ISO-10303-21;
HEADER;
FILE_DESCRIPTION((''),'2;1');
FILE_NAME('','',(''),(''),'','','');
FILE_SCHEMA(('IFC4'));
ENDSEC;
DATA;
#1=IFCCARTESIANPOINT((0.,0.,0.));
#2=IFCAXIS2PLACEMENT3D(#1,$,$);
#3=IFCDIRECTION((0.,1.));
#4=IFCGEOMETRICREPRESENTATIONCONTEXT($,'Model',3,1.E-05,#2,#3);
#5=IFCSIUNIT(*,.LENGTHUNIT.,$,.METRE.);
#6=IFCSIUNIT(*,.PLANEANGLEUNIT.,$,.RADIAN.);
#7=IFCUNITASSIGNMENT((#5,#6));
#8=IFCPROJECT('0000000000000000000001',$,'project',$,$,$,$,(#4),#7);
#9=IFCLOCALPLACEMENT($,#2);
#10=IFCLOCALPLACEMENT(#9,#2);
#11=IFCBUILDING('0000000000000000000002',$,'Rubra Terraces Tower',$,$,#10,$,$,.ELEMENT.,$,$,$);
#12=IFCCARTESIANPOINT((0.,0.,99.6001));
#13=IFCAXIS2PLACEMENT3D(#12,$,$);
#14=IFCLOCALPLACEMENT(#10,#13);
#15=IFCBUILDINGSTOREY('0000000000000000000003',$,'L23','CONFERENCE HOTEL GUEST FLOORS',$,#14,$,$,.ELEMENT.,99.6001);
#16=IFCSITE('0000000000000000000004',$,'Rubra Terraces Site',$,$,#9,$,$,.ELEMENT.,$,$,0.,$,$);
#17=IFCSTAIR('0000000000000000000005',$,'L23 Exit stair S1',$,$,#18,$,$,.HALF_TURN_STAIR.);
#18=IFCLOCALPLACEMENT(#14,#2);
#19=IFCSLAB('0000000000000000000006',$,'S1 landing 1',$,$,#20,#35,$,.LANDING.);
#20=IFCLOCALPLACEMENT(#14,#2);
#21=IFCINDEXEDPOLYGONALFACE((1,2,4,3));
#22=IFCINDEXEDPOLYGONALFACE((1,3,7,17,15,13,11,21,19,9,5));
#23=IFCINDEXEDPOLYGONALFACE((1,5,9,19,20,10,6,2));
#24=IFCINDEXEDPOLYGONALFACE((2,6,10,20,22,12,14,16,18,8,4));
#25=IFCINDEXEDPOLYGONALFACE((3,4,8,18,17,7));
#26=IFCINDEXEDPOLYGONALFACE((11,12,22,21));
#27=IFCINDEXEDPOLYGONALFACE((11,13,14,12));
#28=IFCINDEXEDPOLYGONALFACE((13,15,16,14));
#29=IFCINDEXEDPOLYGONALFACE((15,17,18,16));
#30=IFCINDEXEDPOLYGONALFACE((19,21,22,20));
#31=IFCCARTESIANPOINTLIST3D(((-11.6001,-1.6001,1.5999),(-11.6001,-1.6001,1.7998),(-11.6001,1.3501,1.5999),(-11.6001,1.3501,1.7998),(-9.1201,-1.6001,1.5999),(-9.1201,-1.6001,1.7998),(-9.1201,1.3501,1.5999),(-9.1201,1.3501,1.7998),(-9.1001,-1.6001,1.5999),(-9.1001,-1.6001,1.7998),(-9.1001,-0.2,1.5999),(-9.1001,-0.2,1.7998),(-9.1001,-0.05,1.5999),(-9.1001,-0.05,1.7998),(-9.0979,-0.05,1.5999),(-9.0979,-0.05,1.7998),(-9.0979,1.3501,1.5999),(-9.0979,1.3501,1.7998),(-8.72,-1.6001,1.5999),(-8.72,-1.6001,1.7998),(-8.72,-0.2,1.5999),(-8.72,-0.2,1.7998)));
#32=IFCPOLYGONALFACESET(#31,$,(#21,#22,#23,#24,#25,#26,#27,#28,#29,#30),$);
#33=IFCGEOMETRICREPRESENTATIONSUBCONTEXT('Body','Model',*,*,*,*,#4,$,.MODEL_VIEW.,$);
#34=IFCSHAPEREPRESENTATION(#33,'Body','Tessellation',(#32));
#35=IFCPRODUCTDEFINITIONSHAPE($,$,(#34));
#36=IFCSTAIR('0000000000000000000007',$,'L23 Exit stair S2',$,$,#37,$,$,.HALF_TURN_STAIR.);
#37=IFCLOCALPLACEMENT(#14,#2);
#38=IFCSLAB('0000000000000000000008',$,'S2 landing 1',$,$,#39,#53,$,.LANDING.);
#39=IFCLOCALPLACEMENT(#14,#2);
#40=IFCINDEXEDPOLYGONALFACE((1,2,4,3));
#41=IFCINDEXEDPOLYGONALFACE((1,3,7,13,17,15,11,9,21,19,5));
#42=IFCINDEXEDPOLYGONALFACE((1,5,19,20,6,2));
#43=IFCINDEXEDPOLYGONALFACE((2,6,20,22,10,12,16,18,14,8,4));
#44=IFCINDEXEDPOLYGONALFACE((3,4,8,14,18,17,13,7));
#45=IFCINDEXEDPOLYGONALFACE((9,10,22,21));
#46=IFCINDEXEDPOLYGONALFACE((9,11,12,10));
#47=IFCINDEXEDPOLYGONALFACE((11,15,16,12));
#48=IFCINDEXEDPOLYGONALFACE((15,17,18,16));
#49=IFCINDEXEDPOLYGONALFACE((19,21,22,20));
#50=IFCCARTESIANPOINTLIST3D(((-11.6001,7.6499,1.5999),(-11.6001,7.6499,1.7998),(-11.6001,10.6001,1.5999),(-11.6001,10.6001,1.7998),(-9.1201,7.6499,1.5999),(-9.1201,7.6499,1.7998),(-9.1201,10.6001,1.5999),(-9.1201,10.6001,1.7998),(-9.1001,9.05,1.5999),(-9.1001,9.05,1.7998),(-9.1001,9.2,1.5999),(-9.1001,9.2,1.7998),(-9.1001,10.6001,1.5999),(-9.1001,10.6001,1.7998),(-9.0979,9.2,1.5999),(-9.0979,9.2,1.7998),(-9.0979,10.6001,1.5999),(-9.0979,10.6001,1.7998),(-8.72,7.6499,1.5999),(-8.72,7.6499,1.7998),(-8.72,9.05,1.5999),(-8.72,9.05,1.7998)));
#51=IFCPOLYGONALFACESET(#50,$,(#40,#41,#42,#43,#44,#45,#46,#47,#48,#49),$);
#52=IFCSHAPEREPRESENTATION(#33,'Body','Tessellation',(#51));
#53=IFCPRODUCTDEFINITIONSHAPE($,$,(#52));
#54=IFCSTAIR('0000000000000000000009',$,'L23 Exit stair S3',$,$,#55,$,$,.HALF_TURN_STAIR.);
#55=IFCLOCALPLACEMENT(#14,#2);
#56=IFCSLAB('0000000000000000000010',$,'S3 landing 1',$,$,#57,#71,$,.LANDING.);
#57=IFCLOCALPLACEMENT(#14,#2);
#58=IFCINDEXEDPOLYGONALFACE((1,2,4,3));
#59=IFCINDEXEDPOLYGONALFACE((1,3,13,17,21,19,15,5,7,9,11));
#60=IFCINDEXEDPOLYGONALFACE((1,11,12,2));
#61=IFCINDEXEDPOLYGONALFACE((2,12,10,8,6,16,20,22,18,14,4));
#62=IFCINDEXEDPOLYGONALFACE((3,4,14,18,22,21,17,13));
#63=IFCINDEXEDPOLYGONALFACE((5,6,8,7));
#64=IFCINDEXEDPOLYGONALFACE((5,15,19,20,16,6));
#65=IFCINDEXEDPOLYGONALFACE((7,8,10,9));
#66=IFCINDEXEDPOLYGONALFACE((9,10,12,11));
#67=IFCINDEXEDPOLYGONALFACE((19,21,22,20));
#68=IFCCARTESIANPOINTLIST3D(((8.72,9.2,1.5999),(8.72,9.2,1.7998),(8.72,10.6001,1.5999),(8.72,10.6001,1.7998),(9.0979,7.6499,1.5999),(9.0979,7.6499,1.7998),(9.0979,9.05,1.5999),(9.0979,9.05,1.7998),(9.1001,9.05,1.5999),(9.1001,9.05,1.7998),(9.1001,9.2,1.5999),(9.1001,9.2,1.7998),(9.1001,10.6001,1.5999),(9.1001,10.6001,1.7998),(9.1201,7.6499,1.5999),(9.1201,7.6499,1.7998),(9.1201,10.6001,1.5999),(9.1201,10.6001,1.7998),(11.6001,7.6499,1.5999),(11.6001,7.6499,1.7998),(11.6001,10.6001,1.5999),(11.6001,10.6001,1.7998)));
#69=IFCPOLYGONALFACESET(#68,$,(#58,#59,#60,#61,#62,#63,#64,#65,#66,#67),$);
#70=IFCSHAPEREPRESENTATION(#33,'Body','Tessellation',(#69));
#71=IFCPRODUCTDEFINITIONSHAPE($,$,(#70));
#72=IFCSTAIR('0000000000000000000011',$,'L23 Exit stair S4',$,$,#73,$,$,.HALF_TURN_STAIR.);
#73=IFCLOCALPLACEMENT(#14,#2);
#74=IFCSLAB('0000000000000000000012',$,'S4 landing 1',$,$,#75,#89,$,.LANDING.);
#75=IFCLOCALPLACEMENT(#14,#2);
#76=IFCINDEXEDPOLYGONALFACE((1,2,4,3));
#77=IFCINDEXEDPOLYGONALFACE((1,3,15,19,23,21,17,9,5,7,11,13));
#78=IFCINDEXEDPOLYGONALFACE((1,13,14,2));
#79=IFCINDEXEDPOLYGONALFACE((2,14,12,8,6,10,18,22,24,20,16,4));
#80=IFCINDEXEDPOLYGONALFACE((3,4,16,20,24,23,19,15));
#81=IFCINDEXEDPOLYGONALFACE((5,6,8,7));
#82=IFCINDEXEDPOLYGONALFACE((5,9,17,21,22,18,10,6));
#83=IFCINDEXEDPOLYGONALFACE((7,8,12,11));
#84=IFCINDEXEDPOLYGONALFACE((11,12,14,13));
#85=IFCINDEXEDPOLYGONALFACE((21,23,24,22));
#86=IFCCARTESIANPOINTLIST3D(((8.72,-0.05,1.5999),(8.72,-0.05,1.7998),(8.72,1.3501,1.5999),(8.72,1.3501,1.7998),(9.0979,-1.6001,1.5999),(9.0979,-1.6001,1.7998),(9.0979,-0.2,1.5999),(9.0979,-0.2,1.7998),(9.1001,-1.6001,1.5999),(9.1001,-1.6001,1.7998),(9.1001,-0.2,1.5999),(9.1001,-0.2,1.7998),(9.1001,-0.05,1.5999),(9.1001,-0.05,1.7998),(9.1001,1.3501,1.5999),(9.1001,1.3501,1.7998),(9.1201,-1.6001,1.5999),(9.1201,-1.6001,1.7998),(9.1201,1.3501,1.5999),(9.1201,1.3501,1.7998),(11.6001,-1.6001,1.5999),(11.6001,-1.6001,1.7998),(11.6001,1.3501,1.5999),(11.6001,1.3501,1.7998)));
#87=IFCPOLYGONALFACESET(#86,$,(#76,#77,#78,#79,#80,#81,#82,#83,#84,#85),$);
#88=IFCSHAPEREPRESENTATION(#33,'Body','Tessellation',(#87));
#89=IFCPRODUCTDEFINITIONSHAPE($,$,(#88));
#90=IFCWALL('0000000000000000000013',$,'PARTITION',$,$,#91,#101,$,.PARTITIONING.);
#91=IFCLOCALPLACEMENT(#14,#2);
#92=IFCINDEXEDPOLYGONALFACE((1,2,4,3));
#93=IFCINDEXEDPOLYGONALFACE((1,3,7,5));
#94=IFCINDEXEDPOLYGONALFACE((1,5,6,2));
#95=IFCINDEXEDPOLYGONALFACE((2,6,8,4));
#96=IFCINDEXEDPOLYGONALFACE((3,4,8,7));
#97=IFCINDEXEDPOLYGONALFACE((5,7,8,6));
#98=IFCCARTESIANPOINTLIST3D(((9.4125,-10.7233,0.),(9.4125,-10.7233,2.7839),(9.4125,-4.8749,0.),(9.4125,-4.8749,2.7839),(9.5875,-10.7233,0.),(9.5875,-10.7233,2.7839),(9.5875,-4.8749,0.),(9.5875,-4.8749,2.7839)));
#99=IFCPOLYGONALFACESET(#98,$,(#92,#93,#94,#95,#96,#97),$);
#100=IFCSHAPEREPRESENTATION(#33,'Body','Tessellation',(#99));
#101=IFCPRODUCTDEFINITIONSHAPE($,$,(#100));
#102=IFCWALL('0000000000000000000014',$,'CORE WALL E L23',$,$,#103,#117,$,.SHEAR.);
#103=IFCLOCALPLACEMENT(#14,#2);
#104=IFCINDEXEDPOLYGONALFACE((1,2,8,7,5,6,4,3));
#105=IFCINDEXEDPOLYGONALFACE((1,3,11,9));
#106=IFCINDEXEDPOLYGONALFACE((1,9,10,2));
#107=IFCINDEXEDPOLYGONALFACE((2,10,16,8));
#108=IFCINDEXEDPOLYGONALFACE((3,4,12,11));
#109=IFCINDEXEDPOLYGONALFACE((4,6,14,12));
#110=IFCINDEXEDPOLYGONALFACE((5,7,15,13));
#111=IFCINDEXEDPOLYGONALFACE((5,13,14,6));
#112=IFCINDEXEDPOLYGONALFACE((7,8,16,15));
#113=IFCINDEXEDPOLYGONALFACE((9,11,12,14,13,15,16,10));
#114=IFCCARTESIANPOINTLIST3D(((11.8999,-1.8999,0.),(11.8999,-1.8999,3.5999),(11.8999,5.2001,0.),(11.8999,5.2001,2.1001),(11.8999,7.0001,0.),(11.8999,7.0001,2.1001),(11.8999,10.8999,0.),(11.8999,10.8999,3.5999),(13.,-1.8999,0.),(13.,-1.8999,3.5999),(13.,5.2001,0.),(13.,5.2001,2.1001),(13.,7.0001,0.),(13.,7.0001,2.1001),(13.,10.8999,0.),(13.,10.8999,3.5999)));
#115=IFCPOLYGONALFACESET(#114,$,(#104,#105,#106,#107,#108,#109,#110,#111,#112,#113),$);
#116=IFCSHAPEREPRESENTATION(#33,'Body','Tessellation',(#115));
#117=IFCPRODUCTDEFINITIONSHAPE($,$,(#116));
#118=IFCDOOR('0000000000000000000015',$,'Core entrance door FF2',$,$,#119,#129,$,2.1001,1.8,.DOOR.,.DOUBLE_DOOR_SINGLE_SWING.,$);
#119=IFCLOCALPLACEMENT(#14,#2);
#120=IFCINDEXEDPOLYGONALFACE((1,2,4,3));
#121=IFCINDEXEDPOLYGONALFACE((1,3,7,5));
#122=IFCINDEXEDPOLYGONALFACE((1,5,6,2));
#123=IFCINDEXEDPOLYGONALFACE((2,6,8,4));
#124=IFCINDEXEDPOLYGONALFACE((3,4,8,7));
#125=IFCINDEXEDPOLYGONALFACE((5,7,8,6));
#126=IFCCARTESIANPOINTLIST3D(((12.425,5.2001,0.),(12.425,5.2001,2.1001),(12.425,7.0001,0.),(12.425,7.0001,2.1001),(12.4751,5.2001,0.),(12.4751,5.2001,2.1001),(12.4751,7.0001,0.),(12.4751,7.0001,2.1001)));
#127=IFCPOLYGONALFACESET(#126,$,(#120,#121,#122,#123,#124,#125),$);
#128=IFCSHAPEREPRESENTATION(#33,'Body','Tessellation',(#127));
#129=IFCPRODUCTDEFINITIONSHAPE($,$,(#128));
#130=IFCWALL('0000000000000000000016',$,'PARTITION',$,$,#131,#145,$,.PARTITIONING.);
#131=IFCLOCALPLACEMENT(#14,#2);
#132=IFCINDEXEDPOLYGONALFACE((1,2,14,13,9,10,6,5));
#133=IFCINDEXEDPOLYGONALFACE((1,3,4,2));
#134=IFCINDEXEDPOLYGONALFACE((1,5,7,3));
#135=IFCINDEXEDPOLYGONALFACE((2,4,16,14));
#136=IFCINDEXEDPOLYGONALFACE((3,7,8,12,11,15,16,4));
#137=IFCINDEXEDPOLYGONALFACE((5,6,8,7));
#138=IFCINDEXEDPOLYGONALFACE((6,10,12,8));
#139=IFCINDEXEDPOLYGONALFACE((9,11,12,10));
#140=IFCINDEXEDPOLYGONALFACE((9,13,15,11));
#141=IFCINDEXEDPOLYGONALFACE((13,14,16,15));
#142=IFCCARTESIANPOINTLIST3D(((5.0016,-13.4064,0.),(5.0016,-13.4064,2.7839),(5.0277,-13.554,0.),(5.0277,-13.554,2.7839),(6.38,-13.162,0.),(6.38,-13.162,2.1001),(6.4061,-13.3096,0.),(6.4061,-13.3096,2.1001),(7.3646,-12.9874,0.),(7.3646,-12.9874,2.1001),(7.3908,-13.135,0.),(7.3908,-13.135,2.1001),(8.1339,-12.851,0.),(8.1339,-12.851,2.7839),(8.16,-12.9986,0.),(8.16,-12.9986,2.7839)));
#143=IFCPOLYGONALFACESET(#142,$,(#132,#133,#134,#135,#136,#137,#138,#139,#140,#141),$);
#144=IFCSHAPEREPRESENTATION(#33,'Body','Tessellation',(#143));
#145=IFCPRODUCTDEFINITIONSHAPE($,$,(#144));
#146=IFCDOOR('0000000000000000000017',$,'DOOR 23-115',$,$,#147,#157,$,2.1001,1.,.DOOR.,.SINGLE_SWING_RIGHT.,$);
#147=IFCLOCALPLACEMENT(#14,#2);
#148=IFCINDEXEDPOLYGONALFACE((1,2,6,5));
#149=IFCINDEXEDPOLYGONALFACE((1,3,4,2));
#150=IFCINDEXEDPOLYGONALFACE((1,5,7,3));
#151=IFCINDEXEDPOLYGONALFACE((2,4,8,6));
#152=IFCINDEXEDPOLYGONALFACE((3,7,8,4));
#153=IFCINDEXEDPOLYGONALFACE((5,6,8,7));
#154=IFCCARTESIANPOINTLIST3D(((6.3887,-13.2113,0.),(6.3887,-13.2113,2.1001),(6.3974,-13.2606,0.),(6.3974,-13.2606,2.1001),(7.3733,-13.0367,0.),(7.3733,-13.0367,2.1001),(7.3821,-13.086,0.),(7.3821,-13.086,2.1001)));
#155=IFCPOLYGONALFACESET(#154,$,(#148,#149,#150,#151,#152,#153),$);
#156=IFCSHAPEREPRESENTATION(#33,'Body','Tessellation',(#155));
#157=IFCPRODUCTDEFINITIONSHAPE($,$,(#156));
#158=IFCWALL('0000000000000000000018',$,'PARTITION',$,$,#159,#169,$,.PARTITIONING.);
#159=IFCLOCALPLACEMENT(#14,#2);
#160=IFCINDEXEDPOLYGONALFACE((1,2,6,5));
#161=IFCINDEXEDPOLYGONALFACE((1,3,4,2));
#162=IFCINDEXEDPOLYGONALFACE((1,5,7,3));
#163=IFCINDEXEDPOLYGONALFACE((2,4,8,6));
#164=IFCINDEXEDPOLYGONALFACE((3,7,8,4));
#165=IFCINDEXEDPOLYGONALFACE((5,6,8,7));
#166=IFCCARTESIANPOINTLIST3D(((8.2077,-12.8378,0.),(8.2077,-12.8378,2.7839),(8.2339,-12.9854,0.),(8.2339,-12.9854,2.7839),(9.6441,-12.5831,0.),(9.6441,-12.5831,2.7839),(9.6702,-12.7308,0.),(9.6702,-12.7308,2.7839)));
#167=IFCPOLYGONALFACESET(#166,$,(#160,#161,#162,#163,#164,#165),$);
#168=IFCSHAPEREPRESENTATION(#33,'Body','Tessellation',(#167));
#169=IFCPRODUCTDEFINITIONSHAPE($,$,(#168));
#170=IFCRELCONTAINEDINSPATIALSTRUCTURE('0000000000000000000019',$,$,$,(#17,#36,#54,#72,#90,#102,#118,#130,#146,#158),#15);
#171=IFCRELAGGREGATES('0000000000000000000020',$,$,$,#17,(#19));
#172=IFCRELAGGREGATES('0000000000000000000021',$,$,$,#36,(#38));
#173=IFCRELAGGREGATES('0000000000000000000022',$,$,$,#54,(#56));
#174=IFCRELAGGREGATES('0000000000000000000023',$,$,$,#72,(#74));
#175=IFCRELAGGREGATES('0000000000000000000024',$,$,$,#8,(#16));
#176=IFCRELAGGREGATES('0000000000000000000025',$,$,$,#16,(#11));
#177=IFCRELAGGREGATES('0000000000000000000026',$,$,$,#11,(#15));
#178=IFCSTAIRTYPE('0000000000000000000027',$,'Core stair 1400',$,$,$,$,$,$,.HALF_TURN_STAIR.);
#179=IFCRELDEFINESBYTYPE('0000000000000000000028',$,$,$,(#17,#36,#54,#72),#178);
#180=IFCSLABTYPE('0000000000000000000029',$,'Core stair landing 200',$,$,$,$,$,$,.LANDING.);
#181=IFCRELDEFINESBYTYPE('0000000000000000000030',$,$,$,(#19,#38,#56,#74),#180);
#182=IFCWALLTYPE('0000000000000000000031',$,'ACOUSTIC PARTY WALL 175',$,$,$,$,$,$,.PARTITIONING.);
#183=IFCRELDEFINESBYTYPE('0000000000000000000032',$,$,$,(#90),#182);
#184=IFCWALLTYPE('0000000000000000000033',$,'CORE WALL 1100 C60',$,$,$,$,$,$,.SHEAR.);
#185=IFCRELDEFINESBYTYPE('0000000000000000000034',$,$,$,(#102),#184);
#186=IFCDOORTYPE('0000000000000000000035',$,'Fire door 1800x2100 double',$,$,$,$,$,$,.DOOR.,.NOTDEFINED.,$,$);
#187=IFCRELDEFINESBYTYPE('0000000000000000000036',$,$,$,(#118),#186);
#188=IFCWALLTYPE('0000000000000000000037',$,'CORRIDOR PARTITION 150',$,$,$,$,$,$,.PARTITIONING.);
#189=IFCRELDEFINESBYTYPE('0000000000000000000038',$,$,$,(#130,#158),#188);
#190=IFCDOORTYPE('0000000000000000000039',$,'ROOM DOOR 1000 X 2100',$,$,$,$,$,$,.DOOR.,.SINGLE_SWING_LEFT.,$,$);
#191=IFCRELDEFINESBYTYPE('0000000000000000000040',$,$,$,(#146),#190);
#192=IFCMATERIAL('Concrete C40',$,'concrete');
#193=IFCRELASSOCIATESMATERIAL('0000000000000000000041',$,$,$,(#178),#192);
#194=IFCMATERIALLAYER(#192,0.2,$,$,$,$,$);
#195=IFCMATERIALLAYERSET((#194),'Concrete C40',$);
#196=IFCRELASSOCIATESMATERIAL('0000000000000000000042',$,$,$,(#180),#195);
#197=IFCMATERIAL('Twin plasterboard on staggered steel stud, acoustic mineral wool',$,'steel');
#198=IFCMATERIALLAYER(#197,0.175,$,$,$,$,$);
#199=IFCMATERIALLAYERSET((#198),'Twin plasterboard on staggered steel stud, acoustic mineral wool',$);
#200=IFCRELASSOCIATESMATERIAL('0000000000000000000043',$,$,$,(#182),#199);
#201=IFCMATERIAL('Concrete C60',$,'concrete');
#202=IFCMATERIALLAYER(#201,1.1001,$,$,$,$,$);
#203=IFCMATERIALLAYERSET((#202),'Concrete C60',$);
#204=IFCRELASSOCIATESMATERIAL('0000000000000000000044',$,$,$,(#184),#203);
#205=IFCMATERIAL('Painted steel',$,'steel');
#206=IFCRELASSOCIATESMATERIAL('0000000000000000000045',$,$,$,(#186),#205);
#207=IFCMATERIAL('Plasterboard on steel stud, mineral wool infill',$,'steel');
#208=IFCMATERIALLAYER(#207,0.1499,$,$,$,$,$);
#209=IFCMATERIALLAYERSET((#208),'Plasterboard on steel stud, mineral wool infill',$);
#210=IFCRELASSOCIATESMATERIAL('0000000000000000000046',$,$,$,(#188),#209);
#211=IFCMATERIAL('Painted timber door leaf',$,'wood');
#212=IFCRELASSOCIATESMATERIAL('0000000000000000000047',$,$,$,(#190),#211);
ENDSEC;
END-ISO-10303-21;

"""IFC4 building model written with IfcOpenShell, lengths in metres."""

from ifc_helpers import new_model, si_unit, direction, frame, frame_2d, origin, place, context, subcontext, project, spatial, polyline, rectangle, outline, extrude, material, layer, layer_set, type_object, element, fill, aggregate, save


model = new_model("IFC4")

# Units and contexts
model_context = context("Model", 3, precision=1e-05, world=origin(), true_north=direction((0.0, 1.0)))
body_context = subcontext(model_context, "Body", "Model", "MODEL_VIEW")
ifc_project = project(units=[si_unit("LENGTHUNIT", "METRE"), si_unit("PLANEANGLEUNIT", "RADIAN")], contexts=[model_context])

# Site, building, storey
site_placement = place(None, origin())
site = spatial("IfcSite", under=ifc_project, at=site_placement, Name="Rubra Terraces Site", CompositionType="ELEMENT", RefElevation=0.0)
building_placement = place(site_placement, origin())
building = spatial("IfcBuilding", under=site, at=building_placement, Name="Rubra Terraces Tower", CompositionType="ELEMENT")
storey_placement = place(building_placement, frame((0.0, 0.0, 99.6001)))
storey = spatial("IfcBuildingStorey", under=building, at=storey_placement, Name="L23", Description="CONFERENCE HOTEL GUEST FLOORS", CompositionType="ELEMENT", Elevation=99.6001)

# Stairs, slabs
ifc_material_1 = material(Name="Concrete C40", Category="concrete")
stair_type = type_object("IfcStairType", Name="Core stair 1400", PredefinedType="HALF_TURN_STAIR", material=ifc_material_1)
stair_1_placement = place(storey_placement, origin())
stair_1 = element("IfcStair", 1, at=stair_1_placement, inside=storey, type_object=stair_type, Name="L23 Exit stair S1", PredefinedType="HALF_TURN_STAIR")
ifc_layer_1 = layer(ifc_material_1, 0.2)
ifc_layer_set_1 = layer_set([ifc_layer_1], Name="Concrete C40")
slab_type = type_object("IfcSlabType", Name="Core stair landing 200", PredefinedType="LANDING", material=ifc_layer_set_1)
slab_1_placement = place(storey_placement, frame((0.0, 0.0, 1.5999)))
slab_1 = element("IfcSlab", 2, at=slab_1_placement, type_object=slab_type, Name="S1 landing 1", PredefinedType="LANDING", context=body_context, shape_type="SweptSolid", body=[
    extrude(outline(polyline([(-8.72, -0.2), (-8.72, -1.6001), (-9.1001, -1.6001), (-9.1201, -1.6001), (-11.6001, -1.6001), (-11.6001, 1.3501), (-9.1201, 1.3501), (-9.0979, 1.3501), (-9.0979, -0.05), (-9.1001, -0.05), (-9.1001, -0.2), (-8.72, -0.2)])), origin(), (0.0, 0.0, 1.0), 0.2),
])
aggregate(stair_1, [slab_1])
stair_2_placement = place(storey_placement, origin())
stair_2 = element("IfcStair", 3, at=stair_2_placement, inside=storey, type_object=stair_type, Name="L23 Exit stair S2", PredefinedType="HALF_TURN_STAIR")
slab_2_placement = place(storey_placement, frame((0.0, 0.0, 1.5999)))
slab_2 = element("IfcSlab", 4, at=slab_2_placement, type_object=slab_type, Name="S2 landing 1", PredefinedType="LANDING", context=body_context, shape_type="SweptSolid", body=[
    extrude(outline(polyline([(-8.72, 9.05), (-8.72, 7.6499), (-9.1201, 7.6499), (-11.6001, 7.6499), (-11.6001, 10.6001), (-9.1201, 10.6001), (-9.1001, 10.6001), (-9.0979, 10.6001), (-9.0979, 9.2), (-9.1001, 9.2), (-9.1001, 9.05), (-8.72, 9.05)])), origin(), (0.0, 0.0, 1.0), 0.2),
])
aggregate(stair_2, [slab_2])
stair_3_placement = place(storey_placement, origin())
stair_3 = element("IfcStair", 5, at=stair_3_placement, inside=storey, type_object=stair_type, Name="L23 Exit stair S3", PredefinedType="HALF_TURN_STAIR")
slab_3_placement = place(storey_placement, frame((0.0, 0.0, 1.5999)))
slab_3 = element("IfcSlab", 6, at=slab_3_placement, type_object=slab_type, Name="S3 landing 1", PredefinedType="LANDING", context=body_context, shape_type="SweptSolid", body=[
    extrude(outline(polyline([(9.1001, 9.05), (9.1001, 9.2), (8.72, 9.2), (8.72, 10.6001), (9.1001, 10.6001), (9.1201, 10.6001), (11.6001, 10.6001), (11.6001, 7.6499), (9.1201, 7.6499), (9.0979, 7.6499), (9.0979, 9.05), (9.1001, 9.05)])), origin(), (0.0, 0.0, 1.0), 0.2),
])
aggregate(stair_3, [slab_3])
stair_4_placement = place(storey_placement, origin())
stair_4 = element("IfcStair", 7, at=stair_4_placement, inside=storey, type_object=stair_type, Name="L23 Exit stair S4", PredefinedType="HALF_TURN_STAIR")
slab_4_placement = place(storey_placement, frame((0.0, 0.0, 1.5999)))
slab_4 = element("IfcSlab", 8, at=slab_4_placement, type_object=slab_type, Name="S4 landing 1", PredefinedType="LANDING", context=body_context, shape_type="SweptSolid", body=[
    extrude(outline(polyline([(9.1001, -0.2), (9.1001, -0.05), (8.72, -0.05), (8.72, 1.3501), (9.1001, 1.3501), (9.1201, 1.3501), (11.6001, 1.3501), (11.6001, -1.6001), (9.1201, -1.6001), (9.1001, -1.6001), (9.0979, -1.6001), (9.0979, -0.2), (9.1001, -0.2)])), origin(), (0.0, 0.0, 1.0), 0.2),
])

# Wall
ifc_material_2 = material(Name="Twin plasterboard on staggered steel stud, acoustic mineral wool", Category="steel")
ifc_layer_2 = layer(ifc_material_2, 0.175)
ifc_layer_set_2 = layer_set([ifc_layer_2], Name="Twin plasterboard on staggered steel stud, acoustic mineral wool")
wall_type_1 = type_object("IfcWallType", Name="ACOUSTIC PARTY WALL 175", PredefinedType="PARTITIONING", material=ifc_layer_set_2)
wall_1_placement = place(storey_placement, frame((9.5, -10.7234, 0.0), z_axis=(0.0, 0.0, 1.0), x_axis=(0.0, 1.0, 0.0)))
element("IfcWall", 9, at=wall_1_placement, inside=storey, type_object=wall_type_1, Name="PARTITION", PredefinedType="PARTITIONING", context=body_context, shape_type="SweptSolid", body=[
    extrude(rectangle(XDim=5.8484, YDim=0.175, at=frame_2d((2.9243, 0.0))), origin(), (0.0, 0.0, 1.0), 2.7839),
])

# Walls, openings, doors
ifc_material_3 = material(Name="Concrete C60", Category="concrete")
ifc_layer_3 = layer(ifc_material_3, 1.1001)
ifc_layer_set_3 = layer_set([ifc_layer_3], Name="Concrete C60")
wall_type_2 = type_object("IfcWallType", Name="CORE WALL 1100 C60", PredefinedType="SHEAR", material=ifc_layer_set_3)
wall_2_placement = place(storey_placement, frame((12.45, -1.8999, 0.0), z_axis=(0.0, 0.0, 1.0), x_axis=(0.0, 1.0, 0.0)))
wall_2 = element("IfcWall", 10, at=wall_2_placement, inside=storey, type_object=wall_type_2, Name="CORE WALL E L23", PredefinedType="SHEAR", context=body_context, shape_type="SweptSolid", body=[
    extrude(rectangle(XDim=12.7998, YDim=1.1001, at=frame_2d((6.3999, 0.0))), origin(), (0.0, 0.0, 1.0), 3.5999),
])
opening_1_placement = place(wall_2_placement, frame((7.1001, 0.0, 0.0)))
opening_1 = element("IfcOpeningElement", 11, at=opening_1_placement, cuts=wall_2, PredefinedType="OPENING", context=body_context, shape_type="SweptSolid", body=[
    extrude(rectangle(XDim=1.8, YDim=2.1001, at=frame_2d((0.8999, 1.05))), frame((0.0, 0.5601, 0.0), z_axis=(0.0, -1.0, 0.0), x_axis=(1.0, 0.0, 0.0)), (0.0, 0.0, 1.0), 1.1201),
])
ifc_material_4 = material(Name="Painted steel", Category="steel")
door_type_1 = type_object("IfcDoorType", Name="Fire door 1800x2100 double", OperationType="NOTDEFINED", PredefinedType="DOOR", material=ifc_material_4)
door_1_placement = place(opening_1_placement, origin())
door_1 = element("IfcDoor", 12, at=door_1_placement, inside=storey, type_object=door_type_1, Name="Core entrance door FF2", OperationType="DOUBLE_DOOR_SINGLE_SWING", OverallHeight=2.1001, OverallWidth=1.8, PredefinedType="DOOR", context=body_context, shape_type="SweptSolid", body=[
    extrude(rectangle(XDim=1.8, YDim=2.1001, at=frame_2d((0.8999, 1.05))), frame((0.0, 0.0249, 0.0), z_axis=(0.0, -1.0, 0.0), x_axis=(1.0, 0.0, 0.0)), (0.0, 0.0, 1.0), 0.05),
])
fill(opening_1, door_1)
ifc_material_5 = material(Name="Plasterboard on steel stud, mineral wool infill", Category="steel")
ifc_layer_4 = layer(ifc_material_5, 0.1499)
ifc_layer_set_4 = layer_set([ifc_layer_4], Name="Plasterboard on steel stud, mineral wool infill")
wall_type_3 = type_object("IfcWallType", Name="CORRIDOR PARTITION 150", PredefinedType="PARTITIONING", material=ifc_layer_set_4)
wall_3_placement = place(storey_placement, frame((5.0146, -13.4802, 0.0), z_axis=(0.0, 0.0, 1.0), x_axis=(0.98464, 0.174595, 0.0)))
wall_3 = element("IfcWall", 13, at=wall_3_placement, inside=storey, type_object=wall_type_3, Name="PARTITION", PredefinedType="PARTITIONING", context=body_context, shape_type="SweptSolid", body=[
    extrude(rectangle(XDim=3.1812, YDim=0.1499, at=frame_2d((1.5906, 0.0))), origin(), (0.0, 0.0, 1.0), 2.7839),
])
opening_2_placement = place(wall_3_placement, frame((1.3999, 0.0, 0.0)))
opening_2 = element("IfcOpeningElement", 14, at=opening_2_placement, cuts=wall_3, PredefinedType="OPENING", context=body_context, shape_type="SweptSolid", body=[
    extrude(rectangle(XDim=1.0, YDim=2.1001, at=frame_2d((0.5, 1.05))), frame((0.0, 0.085, 0.0), z_axis=(0.0, -1.0, 0.0), x_axis=(1.0, 0.0, 0.0)), (0.0, 0.0, 1.0), 0.1699),
])
ifc_material_6 = material(Name="Painted timber door leaf", Category="wood")
door_type_2 = type_object("IfcDoorType", Name="ROOM DOOR 1000 X 2100", OperationType="SINGLE_SWING_LEFT", PredefinedType="DOOR", material=ifc_material_6)
door_2_placement = place(opening_2_placement, origin())
door_2 = element("IfcDoor", 15, at=door_2_placement, inside=storey, type_object=door_type_2, Name="DOOR 23-115", OperationType="SINGLE_SWING_RIGHT", OverallHeight=2.1001, OverallWidth=1.0, PredefinedType="DOOR", context=body_context, shape_type="SweptSolid", body=[
    extrude(rectangle(XDim=1.0, YDim=2.1001, at=frame_2d((0.5, 1.05))), frame((0.0, 0.0249, 0.0), z_axis=(0.0, -1.0, 0.0), x_axis=(1.0, 0.0, 0.0)), (0.0, 0.0, 1.0), 0.05),
])
fill(opening_2, door_2)

# Wall
wall_4_placement = place(storey_placement, frame((8.2207, -12.9116, 0.0), z_axis=(0.0, 0.0, 1.0), x_axis=(0.984645, 0.174568, 0.0)))
element("IfcWall", 16, at=wall_4_placement, inside=storey, type_object=wall_type_3, Name="PARTITION", PredefinedType="PARTITIONING", context=body_context, shape_type="SweptSolid", body=[
    extrude(rectangle(XDim=1.4587, YDim=0.1499, at=frame_2d((0.7295, 0.0))), origin(), (0.0, 0.0, 1.0), 2.7839),
])

aggregate(stair_4, [slab_4])

save(model, "model.ifc")
